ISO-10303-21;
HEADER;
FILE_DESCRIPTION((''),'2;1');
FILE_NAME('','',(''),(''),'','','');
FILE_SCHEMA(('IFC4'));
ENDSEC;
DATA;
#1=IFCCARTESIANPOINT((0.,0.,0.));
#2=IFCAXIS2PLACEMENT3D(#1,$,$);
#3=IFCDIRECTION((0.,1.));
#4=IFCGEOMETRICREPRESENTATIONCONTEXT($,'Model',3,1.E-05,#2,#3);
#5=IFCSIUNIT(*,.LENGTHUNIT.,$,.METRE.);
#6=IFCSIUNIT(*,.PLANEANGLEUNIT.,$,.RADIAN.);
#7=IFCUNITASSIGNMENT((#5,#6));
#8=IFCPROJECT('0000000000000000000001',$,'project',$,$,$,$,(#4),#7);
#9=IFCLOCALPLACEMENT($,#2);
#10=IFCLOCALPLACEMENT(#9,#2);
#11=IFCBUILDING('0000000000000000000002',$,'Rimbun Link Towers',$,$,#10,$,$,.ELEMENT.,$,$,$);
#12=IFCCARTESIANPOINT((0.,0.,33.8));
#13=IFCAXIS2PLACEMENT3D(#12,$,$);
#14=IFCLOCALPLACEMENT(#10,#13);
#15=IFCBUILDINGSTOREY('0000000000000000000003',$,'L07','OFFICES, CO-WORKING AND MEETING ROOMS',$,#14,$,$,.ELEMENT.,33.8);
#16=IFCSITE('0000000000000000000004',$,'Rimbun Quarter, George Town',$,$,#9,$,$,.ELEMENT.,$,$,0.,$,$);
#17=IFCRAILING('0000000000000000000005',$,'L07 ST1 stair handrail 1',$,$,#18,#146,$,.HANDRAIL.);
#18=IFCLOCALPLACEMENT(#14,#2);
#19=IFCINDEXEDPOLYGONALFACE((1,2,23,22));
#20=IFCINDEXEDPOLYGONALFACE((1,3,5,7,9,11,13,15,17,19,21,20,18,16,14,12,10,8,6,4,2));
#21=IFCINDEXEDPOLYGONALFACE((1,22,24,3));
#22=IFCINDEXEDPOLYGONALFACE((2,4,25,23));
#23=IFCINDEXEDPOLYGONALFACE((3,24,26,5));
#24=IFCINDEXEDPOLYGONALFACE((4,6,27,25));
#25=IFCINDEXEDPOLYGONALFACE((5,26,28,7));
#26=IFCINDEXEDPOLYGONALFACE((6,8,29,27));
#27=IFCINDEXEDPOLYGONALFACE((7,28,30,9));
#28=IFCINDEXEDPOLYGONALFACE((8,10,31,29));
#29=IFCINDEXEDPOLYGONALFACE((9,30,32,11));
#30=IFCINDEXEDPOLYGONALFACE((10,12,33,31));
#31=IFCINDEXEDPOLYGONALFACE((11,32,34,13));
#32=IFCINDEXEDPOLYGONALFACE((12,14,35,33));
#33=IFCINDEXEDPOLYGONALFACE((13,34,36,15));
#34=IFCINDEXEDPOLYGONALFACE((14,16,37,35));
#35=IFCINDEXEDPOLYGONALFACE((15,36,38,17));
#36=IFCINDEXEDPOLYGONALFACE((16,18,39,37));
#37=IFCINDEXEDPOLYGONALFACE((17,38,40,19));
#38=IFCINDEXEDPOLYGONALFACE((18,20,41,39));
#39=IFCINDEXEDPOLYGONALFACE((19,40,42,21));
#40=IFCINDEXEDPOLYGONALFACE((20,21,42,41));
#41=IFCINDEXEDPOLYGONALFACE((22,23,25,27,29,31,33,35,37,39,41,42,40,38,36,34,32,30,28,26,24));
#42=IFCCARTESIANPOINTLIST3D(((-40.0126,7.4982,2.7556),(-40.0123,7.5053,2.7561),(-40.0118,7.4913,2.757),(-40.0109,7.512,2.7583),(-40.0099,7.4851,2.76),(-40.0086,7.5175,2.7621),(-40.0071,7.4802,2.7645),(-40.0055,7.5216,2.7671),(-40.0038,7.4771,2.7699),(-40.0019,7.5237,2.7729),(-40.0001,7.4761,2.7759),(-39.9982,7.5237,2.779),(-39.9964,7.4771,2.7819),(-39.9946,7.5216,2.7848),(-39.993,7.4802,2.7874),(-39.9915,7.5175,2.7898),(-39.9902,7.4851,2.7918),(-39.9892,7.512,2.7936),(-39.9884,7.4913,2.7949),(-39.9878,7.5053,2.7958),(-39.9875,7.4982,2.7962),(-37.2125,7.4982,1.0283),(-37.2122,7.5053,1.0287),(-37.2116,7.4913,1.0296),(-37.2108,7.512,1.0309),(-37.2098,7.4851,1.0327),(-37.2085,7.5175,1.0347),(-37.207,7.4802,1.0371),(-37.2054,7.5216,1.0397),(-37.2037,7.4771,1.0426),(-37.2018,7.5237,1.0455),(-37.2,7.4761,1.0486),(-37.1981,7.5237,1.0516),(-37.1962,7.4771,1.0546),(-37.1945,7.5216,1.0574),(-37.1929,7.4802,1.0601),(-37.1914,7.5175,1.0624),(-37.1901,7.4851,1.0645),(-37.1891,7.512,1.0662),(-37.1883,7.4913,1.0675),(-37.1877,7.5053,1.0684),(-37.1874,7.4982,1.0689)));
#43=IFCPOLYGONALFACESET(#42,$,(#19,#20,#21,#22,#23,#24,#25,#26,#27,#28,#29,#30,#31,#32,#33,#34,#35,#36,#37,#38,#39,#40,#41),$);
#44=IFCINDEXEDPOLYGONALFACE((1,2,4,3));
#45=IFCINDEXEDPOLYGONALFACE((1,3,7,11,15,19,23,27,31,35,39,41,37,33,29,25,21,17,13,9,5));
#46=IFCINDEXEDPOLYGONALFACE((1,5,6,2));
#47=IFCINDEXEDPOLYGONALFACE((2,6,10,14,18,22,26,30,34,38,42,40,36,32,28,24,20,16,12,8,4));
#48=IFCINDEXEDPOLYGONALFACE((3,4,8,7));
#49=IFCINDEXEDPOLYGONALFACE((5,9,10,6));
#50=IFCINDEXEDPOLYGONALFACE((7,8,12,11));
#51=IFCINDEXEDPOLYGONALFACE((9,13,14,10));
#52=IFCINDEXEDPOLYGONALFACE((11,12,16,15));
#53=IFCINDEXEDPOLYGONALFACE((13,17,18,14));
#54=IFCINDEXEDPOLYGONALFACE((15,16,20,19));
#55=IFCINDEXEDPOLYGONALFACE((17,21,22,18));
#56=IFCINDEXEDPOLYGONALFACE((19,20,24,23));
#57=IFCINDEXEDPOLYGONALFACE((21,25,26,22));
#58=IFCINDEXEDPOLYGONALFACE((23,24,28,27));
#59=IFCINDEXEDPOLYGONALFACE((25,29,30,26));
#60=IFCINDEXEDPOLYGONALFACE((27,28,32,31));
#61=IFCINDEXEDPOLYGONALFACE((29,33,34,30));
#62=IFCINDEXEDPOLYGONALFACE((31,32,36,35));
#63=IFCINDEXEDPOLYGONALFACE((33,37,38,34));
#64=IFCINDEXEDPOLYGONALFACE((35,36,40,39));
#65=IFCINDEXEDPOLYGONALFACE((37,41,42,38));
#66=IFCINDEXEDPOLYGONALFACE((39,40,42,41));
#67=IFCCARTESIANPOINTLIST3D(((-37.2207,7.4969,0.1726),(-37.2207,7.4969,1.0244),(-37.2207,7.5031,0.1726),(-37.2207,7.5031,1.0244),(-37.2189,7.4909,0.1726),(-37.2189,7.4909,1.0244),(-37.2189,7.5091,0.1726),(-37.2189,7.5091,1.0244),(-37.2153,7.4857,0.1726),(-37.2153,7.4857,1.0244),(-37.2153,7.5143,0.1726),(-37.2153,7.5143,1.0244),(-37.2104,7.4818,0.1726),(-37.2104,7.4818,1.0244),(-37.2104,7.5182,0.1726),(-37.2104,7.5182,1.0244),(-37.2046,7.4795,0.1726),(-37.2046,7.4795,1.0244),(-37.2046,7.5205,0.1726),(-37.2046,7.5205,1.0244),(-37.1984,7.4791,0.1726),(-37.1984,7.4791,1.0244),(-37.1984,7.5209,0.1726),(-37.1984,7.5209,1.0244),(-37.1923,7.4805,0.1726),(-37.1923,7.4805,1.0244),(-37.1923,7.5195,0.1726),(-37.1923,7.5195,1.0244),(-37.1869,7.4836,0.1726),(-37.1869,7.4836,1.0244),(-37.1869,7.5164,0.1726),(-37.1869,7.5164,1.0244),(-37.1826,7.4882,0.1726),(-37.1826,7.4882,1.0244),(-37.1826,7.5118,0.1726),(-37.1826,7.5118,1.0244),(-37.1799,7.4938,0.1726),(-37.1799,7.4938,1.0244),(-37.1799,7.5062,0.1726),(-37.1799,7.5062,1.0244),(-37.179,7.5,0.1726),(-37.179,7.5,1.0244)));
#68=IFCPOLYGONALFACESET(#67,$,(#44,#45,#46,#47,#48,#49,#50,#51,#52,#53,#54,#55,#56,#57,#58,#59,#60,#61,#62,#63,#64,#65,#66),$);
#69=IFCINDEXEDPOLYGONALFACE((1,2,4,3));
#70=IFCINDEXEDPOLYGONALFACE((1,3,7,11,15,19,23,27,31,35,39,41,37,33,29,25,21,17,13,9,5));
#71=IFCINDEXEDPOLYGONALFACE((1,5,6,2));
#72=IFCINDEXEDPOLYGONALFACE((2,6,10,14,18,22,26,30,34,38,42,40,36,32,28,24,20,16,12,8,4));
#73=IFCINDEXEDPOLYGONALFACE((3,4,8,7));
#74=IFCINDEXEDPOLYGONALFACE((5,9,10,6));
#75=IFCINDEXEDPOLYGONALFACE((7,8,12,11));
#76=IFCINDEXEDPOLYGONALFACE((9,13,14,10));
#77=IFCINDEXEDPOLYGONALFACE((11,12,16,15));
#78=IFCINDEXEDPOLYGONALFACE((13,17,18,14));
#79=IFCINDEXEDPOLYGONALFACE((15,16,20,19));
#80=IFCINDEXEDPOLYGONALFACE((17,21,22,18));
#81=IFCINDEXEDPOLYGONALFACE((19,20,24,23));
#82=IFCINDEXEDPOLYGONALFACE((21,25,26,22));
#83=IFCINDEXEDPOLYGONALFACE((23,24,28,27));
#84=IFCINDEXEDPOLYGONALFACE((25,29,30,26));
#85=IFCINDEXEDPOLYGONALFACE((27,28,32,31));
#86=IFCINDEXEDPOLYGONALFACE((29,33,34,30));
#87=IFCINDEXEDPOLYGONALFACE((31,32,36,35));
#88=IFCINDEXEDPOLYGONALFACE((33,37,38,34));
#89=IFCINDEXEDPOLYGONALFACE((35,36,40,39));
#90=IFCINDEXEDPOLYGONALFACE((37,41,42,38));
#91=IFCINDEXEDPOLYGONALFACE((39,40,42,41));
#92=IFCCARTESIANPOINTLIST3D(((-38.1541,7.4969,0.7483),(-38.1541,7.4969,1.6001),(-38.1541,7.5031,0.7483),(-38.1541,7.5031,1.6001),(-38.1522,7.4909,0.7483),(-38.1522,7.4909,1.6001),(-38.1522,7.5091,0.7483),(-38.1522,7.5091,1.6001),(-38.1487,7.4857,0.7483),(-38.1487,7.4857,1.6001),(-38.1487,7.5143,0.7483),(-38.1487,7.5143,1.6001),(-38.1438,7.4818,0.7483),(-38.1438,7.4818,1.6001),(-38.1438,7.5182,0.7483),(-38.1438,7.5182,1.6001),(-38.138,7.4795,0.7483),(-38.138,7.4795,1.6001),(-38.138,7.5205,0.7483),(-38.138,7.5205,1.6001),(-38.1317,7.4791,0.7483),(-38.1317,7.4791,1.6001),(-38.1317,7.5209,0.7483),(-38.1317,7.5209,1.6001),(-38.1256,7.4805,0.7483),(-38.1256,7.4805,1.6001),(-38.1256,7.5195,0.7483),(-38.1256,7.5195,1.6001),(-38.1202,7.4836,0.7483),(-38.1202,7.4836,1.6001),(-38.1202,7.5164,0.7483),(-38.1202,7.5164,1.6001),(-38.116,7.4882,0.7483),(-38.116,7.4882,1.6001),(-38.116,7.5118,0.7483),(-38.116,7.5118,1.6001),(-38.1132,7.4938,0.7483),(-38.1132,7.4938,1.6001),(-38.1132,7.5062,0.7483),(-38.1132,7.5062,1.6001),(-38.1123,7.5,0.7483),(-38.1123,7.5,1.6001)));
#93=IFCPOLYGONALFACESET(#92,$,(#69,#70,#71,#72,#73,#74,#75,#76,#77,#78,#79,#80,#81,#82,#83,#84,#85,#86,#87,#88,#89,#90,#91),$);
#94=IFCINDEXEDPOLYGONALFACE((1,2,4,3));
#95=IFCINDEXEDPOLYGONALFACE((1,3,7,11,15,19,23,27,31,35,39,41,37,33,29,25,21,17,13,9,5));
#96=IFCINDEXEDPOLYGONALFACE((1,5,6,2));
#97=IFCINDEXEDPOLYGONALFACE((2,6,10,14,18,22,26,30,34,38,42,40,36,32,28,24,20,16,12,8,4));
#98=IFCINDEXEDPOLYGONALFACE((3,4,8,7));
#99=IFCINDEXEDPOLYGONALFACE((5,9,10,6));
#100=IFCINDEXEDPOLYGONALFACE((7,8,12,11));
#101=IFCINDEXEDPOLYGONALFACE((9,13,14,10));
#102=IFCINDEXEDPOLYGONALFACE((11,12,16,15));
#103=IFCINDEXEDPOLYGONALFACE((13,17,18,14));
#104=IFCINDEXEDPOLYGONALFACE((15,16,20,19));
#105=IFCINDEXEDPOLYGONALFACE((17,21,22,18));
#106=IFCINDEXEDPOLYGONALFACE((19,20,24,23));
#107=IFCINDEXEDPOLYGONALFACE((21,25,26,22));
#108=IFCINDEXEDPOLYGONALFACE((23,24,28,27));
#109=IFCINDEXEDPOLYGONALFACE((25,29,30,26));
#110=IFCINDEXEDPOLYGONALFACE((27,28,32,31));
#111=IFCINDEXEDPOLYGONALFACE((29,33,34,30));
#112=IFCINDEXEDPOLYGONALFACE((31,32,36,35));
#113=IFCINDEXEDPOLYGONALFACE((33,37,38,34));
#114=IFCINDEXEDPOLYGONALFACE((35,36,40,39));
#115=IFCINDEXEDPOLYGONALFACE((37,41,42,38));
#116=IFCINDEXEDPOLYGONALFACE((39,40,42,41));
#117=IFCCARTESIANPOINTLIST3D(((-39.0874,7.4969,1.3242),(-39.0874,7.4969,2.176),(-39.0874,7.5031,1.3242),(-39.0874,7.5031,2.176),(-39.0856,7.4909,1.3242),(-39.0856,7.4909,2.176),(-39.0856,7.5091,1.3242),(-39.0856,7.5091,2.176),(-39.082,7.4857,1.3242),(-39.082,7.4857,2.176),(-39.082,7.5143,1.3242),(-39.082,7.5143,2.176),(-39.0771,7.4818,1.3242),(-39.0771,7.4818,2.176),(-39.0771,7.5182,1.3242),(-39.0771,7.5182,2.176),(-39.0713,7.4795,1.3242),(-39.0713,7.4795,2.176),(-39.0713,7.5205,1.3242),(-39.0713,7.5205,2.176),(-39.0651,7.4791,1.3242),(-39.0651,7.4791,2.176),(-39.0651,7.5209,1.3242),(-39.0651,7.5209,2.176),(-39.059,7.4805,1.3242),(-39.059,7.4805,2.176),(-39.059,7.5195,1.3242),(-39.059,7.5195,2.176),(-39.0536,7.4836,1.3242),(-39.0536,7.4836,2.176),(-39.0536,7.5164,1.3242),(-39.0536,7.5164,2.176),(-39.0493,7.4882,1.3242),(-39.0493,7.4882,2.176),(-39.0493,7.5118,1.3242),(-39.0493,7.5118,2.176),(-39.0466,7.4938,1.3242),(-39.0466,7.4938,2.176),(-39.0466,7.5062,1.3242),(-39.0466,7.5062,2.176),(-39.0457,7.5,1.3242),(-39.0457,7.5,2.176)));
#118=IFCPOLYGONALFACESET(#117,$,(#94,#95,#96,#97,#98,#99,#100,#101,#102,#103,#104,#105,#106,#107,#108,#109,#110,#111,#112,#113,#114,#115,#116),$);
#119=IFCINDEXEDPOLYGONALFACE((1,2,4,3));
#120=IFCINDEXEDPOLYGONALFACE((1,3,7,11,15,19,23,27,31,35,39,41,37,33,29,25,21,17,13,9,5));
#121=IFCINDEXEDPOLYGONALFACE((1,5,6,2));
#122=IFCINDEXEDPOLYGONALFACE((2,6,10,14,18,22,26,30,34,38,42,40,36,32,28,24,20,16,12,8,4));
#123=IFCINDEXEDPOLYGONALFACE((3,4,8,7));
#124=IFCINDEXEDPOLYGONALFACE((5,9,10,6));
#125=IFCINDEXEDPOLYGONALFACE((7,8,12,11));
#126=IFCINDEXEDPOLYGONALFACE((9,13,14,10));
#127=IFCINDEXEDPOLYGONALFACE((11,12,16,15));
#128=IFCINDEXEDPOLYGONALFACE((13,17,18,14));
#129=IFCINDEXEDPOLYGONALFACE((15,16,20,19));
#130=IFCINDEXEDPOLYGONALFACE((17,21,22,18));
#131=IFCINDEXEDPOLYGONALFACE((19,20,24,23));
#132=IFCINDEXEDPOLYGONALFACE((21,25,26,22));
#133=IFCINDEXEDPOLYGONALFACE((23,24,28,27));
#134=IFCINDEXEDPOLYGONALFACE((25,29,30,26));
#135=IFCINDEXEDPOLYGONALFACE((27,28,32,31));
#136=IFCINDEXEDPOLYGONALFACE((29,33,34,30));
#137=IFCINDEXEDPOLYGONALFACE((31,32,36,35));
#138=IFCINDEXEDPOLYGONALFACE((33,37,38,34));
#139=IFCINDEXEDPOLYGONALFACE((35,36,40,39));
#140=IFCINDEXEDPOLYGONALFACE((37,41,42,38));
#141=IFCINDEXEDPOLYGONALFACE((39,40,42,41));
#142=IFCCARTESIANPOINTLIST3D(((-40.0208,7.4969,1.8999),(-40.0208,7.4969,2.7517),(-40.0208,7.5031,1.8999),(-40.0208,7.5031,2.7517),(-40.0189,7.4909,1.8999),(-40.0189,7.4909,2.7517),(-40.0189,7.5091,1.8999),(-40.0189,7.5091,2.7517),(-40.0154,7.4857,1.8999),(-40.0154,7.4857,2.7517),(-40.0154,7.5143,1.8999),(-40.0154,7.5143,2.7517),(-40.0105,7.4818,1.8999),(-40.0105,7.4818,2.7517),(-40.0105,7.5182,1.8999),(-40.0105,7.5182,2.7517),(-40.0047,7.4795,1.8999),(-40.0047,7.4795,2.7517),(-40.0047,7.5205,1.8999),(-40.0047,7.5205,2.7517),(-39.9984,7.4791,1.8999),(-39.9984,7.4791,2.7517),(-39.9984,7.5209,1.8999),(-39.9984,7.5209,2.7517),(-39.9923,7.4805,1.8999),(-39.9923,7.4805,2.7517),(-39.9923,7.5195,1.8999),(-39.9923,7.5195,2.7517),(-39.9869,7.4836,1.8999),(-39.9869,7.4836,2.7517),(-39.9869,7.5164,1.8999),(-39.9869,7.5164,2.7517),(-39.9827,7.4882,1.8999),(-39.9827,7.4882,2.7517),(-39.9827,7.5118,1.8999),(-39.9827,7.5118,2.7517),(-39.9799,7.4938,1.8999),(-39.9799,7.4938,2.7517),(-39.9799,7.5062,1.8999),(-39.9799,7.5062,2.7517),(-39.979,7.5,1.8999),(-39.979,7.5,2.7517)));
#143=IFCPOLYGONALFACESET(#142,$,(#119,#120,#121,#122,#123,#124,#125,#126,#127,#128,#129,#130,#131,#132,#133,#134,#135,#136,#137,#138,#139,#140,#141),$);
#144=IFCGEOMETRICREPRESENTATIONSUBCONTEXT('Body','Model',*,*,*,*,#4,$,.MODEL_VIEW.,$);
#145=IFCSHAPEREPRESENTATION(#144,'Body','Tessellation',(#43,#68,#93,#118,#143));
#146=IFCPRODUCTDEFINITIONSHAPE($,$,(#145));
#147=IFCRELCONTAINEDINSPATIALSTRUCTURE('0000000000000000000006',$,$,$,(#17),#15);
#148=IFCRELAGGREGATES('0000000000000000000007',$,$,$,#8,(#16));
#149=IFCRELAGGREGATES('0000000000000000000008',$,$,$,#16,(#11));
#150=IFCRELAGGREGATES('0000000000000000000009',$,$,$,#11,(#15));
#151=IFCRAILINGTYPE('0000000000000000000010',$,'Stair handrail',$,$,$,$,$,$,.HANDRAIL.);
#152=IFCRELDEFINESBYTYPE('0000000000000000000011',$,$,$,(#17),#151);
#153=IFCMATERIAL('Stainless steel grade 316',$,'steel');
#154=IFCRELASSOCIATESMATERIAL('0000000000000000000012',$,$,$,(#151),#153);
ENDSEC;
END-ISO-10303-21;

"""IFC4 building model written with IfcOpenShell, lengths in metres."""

from ifc_helpers import new_model, si_unit, direction, frame, origin, origin_2d, place, context, subcontext, project, spatial, circle, extrude, material, type_object, element, save


model = new_model("IFC4")

# Units and contexts
model_context = context("Model", 3, precision=1e-05, world=origin(), true_north=direction((0.0, 1.0)))
body_context = subcontext(model_context, "Body", "Model", "MODEL_VIEW")
ifc_project = project(units=[si_unit("LENGTHUNIT", "METRE"), si_unit("PLANEANGLEUNIT", "RADIAN")], contexts=[model_context])

# Site, building, storey
site_placement = place(None, origin())
site = spatial("IfcSite", under=ifc_project, at=site_placement, Name="Rimbun Quarter, George Town", CompositionType="ELEMENT", RefElevation=0.0)
building_placement = place(site_placement, origin())
building = spatial("IfcBuilding", under=site, at=building_placement, Name="Rimbun Link Towers", CompositionType="ELEMENT")
storey_placement = place(building_placement, frame((0.0, 0.0, 33.8)))
storey = spatial("IfcBuildingStorey", under=building, at=storey_placement, Name="L07", Description="OFFICES, CO-WORKING AND MEETING ROOMS", CompositionType="ELEMENT", Elevation=33.8)

# Railing
ifc_material_1 = material(Name="Stainless steel grade 316", Category="steel")
railing_type_1 = type_object("IfcRailingType", Name="Stair handrail", PredefinedType="HANDRAIL", material=ifc_material_1)
railing_1_placement = place(storey_placement, frame((-37.2, 7.5, 0.1726)))
element("IfcRailing", 1, at=railing_1_placement, inside=storey, type_object=railing_type_1, Name="L07 ST1 stair handrail 1", PredefinedType="HANDRAIL", context=body_context, shape_type="SweptSolid", body=[
    extrude(circle(Radius=0.0239, at=origin_2d()), frame((0.0, 0.0, 0.876), z_axis=(-0.85109, 0.0, 0.52502), x_axis=(0.0, -1.0, 0.0)), (0.0, 0.0, 1.0), 3.29),
    extrude(circle(Radius=0.021, at=origin_2d()), origin(), (0.0, 0.0, 1.0), 0.8518),
    extrude(circle(Radius=0.021, at=origin_2d()), frame((-0.9333, 0.0, 0.5757)), (0.0, 0.0, 1.0), 0.8518),
    extrude(circle(Radius=0.021, at=origin_2d()), frame((-1.8667, 0.0, 1.1516)), (0.0, 0.0, 1.0), 0.8518),
    extrude(circle(Radius=0.021, at=origin_2d()), frame((-2.8, 0.0, 1.7273)), (0.0, 0.0, 1.0), 0.8518),
])

save(model, "model.ifc")
